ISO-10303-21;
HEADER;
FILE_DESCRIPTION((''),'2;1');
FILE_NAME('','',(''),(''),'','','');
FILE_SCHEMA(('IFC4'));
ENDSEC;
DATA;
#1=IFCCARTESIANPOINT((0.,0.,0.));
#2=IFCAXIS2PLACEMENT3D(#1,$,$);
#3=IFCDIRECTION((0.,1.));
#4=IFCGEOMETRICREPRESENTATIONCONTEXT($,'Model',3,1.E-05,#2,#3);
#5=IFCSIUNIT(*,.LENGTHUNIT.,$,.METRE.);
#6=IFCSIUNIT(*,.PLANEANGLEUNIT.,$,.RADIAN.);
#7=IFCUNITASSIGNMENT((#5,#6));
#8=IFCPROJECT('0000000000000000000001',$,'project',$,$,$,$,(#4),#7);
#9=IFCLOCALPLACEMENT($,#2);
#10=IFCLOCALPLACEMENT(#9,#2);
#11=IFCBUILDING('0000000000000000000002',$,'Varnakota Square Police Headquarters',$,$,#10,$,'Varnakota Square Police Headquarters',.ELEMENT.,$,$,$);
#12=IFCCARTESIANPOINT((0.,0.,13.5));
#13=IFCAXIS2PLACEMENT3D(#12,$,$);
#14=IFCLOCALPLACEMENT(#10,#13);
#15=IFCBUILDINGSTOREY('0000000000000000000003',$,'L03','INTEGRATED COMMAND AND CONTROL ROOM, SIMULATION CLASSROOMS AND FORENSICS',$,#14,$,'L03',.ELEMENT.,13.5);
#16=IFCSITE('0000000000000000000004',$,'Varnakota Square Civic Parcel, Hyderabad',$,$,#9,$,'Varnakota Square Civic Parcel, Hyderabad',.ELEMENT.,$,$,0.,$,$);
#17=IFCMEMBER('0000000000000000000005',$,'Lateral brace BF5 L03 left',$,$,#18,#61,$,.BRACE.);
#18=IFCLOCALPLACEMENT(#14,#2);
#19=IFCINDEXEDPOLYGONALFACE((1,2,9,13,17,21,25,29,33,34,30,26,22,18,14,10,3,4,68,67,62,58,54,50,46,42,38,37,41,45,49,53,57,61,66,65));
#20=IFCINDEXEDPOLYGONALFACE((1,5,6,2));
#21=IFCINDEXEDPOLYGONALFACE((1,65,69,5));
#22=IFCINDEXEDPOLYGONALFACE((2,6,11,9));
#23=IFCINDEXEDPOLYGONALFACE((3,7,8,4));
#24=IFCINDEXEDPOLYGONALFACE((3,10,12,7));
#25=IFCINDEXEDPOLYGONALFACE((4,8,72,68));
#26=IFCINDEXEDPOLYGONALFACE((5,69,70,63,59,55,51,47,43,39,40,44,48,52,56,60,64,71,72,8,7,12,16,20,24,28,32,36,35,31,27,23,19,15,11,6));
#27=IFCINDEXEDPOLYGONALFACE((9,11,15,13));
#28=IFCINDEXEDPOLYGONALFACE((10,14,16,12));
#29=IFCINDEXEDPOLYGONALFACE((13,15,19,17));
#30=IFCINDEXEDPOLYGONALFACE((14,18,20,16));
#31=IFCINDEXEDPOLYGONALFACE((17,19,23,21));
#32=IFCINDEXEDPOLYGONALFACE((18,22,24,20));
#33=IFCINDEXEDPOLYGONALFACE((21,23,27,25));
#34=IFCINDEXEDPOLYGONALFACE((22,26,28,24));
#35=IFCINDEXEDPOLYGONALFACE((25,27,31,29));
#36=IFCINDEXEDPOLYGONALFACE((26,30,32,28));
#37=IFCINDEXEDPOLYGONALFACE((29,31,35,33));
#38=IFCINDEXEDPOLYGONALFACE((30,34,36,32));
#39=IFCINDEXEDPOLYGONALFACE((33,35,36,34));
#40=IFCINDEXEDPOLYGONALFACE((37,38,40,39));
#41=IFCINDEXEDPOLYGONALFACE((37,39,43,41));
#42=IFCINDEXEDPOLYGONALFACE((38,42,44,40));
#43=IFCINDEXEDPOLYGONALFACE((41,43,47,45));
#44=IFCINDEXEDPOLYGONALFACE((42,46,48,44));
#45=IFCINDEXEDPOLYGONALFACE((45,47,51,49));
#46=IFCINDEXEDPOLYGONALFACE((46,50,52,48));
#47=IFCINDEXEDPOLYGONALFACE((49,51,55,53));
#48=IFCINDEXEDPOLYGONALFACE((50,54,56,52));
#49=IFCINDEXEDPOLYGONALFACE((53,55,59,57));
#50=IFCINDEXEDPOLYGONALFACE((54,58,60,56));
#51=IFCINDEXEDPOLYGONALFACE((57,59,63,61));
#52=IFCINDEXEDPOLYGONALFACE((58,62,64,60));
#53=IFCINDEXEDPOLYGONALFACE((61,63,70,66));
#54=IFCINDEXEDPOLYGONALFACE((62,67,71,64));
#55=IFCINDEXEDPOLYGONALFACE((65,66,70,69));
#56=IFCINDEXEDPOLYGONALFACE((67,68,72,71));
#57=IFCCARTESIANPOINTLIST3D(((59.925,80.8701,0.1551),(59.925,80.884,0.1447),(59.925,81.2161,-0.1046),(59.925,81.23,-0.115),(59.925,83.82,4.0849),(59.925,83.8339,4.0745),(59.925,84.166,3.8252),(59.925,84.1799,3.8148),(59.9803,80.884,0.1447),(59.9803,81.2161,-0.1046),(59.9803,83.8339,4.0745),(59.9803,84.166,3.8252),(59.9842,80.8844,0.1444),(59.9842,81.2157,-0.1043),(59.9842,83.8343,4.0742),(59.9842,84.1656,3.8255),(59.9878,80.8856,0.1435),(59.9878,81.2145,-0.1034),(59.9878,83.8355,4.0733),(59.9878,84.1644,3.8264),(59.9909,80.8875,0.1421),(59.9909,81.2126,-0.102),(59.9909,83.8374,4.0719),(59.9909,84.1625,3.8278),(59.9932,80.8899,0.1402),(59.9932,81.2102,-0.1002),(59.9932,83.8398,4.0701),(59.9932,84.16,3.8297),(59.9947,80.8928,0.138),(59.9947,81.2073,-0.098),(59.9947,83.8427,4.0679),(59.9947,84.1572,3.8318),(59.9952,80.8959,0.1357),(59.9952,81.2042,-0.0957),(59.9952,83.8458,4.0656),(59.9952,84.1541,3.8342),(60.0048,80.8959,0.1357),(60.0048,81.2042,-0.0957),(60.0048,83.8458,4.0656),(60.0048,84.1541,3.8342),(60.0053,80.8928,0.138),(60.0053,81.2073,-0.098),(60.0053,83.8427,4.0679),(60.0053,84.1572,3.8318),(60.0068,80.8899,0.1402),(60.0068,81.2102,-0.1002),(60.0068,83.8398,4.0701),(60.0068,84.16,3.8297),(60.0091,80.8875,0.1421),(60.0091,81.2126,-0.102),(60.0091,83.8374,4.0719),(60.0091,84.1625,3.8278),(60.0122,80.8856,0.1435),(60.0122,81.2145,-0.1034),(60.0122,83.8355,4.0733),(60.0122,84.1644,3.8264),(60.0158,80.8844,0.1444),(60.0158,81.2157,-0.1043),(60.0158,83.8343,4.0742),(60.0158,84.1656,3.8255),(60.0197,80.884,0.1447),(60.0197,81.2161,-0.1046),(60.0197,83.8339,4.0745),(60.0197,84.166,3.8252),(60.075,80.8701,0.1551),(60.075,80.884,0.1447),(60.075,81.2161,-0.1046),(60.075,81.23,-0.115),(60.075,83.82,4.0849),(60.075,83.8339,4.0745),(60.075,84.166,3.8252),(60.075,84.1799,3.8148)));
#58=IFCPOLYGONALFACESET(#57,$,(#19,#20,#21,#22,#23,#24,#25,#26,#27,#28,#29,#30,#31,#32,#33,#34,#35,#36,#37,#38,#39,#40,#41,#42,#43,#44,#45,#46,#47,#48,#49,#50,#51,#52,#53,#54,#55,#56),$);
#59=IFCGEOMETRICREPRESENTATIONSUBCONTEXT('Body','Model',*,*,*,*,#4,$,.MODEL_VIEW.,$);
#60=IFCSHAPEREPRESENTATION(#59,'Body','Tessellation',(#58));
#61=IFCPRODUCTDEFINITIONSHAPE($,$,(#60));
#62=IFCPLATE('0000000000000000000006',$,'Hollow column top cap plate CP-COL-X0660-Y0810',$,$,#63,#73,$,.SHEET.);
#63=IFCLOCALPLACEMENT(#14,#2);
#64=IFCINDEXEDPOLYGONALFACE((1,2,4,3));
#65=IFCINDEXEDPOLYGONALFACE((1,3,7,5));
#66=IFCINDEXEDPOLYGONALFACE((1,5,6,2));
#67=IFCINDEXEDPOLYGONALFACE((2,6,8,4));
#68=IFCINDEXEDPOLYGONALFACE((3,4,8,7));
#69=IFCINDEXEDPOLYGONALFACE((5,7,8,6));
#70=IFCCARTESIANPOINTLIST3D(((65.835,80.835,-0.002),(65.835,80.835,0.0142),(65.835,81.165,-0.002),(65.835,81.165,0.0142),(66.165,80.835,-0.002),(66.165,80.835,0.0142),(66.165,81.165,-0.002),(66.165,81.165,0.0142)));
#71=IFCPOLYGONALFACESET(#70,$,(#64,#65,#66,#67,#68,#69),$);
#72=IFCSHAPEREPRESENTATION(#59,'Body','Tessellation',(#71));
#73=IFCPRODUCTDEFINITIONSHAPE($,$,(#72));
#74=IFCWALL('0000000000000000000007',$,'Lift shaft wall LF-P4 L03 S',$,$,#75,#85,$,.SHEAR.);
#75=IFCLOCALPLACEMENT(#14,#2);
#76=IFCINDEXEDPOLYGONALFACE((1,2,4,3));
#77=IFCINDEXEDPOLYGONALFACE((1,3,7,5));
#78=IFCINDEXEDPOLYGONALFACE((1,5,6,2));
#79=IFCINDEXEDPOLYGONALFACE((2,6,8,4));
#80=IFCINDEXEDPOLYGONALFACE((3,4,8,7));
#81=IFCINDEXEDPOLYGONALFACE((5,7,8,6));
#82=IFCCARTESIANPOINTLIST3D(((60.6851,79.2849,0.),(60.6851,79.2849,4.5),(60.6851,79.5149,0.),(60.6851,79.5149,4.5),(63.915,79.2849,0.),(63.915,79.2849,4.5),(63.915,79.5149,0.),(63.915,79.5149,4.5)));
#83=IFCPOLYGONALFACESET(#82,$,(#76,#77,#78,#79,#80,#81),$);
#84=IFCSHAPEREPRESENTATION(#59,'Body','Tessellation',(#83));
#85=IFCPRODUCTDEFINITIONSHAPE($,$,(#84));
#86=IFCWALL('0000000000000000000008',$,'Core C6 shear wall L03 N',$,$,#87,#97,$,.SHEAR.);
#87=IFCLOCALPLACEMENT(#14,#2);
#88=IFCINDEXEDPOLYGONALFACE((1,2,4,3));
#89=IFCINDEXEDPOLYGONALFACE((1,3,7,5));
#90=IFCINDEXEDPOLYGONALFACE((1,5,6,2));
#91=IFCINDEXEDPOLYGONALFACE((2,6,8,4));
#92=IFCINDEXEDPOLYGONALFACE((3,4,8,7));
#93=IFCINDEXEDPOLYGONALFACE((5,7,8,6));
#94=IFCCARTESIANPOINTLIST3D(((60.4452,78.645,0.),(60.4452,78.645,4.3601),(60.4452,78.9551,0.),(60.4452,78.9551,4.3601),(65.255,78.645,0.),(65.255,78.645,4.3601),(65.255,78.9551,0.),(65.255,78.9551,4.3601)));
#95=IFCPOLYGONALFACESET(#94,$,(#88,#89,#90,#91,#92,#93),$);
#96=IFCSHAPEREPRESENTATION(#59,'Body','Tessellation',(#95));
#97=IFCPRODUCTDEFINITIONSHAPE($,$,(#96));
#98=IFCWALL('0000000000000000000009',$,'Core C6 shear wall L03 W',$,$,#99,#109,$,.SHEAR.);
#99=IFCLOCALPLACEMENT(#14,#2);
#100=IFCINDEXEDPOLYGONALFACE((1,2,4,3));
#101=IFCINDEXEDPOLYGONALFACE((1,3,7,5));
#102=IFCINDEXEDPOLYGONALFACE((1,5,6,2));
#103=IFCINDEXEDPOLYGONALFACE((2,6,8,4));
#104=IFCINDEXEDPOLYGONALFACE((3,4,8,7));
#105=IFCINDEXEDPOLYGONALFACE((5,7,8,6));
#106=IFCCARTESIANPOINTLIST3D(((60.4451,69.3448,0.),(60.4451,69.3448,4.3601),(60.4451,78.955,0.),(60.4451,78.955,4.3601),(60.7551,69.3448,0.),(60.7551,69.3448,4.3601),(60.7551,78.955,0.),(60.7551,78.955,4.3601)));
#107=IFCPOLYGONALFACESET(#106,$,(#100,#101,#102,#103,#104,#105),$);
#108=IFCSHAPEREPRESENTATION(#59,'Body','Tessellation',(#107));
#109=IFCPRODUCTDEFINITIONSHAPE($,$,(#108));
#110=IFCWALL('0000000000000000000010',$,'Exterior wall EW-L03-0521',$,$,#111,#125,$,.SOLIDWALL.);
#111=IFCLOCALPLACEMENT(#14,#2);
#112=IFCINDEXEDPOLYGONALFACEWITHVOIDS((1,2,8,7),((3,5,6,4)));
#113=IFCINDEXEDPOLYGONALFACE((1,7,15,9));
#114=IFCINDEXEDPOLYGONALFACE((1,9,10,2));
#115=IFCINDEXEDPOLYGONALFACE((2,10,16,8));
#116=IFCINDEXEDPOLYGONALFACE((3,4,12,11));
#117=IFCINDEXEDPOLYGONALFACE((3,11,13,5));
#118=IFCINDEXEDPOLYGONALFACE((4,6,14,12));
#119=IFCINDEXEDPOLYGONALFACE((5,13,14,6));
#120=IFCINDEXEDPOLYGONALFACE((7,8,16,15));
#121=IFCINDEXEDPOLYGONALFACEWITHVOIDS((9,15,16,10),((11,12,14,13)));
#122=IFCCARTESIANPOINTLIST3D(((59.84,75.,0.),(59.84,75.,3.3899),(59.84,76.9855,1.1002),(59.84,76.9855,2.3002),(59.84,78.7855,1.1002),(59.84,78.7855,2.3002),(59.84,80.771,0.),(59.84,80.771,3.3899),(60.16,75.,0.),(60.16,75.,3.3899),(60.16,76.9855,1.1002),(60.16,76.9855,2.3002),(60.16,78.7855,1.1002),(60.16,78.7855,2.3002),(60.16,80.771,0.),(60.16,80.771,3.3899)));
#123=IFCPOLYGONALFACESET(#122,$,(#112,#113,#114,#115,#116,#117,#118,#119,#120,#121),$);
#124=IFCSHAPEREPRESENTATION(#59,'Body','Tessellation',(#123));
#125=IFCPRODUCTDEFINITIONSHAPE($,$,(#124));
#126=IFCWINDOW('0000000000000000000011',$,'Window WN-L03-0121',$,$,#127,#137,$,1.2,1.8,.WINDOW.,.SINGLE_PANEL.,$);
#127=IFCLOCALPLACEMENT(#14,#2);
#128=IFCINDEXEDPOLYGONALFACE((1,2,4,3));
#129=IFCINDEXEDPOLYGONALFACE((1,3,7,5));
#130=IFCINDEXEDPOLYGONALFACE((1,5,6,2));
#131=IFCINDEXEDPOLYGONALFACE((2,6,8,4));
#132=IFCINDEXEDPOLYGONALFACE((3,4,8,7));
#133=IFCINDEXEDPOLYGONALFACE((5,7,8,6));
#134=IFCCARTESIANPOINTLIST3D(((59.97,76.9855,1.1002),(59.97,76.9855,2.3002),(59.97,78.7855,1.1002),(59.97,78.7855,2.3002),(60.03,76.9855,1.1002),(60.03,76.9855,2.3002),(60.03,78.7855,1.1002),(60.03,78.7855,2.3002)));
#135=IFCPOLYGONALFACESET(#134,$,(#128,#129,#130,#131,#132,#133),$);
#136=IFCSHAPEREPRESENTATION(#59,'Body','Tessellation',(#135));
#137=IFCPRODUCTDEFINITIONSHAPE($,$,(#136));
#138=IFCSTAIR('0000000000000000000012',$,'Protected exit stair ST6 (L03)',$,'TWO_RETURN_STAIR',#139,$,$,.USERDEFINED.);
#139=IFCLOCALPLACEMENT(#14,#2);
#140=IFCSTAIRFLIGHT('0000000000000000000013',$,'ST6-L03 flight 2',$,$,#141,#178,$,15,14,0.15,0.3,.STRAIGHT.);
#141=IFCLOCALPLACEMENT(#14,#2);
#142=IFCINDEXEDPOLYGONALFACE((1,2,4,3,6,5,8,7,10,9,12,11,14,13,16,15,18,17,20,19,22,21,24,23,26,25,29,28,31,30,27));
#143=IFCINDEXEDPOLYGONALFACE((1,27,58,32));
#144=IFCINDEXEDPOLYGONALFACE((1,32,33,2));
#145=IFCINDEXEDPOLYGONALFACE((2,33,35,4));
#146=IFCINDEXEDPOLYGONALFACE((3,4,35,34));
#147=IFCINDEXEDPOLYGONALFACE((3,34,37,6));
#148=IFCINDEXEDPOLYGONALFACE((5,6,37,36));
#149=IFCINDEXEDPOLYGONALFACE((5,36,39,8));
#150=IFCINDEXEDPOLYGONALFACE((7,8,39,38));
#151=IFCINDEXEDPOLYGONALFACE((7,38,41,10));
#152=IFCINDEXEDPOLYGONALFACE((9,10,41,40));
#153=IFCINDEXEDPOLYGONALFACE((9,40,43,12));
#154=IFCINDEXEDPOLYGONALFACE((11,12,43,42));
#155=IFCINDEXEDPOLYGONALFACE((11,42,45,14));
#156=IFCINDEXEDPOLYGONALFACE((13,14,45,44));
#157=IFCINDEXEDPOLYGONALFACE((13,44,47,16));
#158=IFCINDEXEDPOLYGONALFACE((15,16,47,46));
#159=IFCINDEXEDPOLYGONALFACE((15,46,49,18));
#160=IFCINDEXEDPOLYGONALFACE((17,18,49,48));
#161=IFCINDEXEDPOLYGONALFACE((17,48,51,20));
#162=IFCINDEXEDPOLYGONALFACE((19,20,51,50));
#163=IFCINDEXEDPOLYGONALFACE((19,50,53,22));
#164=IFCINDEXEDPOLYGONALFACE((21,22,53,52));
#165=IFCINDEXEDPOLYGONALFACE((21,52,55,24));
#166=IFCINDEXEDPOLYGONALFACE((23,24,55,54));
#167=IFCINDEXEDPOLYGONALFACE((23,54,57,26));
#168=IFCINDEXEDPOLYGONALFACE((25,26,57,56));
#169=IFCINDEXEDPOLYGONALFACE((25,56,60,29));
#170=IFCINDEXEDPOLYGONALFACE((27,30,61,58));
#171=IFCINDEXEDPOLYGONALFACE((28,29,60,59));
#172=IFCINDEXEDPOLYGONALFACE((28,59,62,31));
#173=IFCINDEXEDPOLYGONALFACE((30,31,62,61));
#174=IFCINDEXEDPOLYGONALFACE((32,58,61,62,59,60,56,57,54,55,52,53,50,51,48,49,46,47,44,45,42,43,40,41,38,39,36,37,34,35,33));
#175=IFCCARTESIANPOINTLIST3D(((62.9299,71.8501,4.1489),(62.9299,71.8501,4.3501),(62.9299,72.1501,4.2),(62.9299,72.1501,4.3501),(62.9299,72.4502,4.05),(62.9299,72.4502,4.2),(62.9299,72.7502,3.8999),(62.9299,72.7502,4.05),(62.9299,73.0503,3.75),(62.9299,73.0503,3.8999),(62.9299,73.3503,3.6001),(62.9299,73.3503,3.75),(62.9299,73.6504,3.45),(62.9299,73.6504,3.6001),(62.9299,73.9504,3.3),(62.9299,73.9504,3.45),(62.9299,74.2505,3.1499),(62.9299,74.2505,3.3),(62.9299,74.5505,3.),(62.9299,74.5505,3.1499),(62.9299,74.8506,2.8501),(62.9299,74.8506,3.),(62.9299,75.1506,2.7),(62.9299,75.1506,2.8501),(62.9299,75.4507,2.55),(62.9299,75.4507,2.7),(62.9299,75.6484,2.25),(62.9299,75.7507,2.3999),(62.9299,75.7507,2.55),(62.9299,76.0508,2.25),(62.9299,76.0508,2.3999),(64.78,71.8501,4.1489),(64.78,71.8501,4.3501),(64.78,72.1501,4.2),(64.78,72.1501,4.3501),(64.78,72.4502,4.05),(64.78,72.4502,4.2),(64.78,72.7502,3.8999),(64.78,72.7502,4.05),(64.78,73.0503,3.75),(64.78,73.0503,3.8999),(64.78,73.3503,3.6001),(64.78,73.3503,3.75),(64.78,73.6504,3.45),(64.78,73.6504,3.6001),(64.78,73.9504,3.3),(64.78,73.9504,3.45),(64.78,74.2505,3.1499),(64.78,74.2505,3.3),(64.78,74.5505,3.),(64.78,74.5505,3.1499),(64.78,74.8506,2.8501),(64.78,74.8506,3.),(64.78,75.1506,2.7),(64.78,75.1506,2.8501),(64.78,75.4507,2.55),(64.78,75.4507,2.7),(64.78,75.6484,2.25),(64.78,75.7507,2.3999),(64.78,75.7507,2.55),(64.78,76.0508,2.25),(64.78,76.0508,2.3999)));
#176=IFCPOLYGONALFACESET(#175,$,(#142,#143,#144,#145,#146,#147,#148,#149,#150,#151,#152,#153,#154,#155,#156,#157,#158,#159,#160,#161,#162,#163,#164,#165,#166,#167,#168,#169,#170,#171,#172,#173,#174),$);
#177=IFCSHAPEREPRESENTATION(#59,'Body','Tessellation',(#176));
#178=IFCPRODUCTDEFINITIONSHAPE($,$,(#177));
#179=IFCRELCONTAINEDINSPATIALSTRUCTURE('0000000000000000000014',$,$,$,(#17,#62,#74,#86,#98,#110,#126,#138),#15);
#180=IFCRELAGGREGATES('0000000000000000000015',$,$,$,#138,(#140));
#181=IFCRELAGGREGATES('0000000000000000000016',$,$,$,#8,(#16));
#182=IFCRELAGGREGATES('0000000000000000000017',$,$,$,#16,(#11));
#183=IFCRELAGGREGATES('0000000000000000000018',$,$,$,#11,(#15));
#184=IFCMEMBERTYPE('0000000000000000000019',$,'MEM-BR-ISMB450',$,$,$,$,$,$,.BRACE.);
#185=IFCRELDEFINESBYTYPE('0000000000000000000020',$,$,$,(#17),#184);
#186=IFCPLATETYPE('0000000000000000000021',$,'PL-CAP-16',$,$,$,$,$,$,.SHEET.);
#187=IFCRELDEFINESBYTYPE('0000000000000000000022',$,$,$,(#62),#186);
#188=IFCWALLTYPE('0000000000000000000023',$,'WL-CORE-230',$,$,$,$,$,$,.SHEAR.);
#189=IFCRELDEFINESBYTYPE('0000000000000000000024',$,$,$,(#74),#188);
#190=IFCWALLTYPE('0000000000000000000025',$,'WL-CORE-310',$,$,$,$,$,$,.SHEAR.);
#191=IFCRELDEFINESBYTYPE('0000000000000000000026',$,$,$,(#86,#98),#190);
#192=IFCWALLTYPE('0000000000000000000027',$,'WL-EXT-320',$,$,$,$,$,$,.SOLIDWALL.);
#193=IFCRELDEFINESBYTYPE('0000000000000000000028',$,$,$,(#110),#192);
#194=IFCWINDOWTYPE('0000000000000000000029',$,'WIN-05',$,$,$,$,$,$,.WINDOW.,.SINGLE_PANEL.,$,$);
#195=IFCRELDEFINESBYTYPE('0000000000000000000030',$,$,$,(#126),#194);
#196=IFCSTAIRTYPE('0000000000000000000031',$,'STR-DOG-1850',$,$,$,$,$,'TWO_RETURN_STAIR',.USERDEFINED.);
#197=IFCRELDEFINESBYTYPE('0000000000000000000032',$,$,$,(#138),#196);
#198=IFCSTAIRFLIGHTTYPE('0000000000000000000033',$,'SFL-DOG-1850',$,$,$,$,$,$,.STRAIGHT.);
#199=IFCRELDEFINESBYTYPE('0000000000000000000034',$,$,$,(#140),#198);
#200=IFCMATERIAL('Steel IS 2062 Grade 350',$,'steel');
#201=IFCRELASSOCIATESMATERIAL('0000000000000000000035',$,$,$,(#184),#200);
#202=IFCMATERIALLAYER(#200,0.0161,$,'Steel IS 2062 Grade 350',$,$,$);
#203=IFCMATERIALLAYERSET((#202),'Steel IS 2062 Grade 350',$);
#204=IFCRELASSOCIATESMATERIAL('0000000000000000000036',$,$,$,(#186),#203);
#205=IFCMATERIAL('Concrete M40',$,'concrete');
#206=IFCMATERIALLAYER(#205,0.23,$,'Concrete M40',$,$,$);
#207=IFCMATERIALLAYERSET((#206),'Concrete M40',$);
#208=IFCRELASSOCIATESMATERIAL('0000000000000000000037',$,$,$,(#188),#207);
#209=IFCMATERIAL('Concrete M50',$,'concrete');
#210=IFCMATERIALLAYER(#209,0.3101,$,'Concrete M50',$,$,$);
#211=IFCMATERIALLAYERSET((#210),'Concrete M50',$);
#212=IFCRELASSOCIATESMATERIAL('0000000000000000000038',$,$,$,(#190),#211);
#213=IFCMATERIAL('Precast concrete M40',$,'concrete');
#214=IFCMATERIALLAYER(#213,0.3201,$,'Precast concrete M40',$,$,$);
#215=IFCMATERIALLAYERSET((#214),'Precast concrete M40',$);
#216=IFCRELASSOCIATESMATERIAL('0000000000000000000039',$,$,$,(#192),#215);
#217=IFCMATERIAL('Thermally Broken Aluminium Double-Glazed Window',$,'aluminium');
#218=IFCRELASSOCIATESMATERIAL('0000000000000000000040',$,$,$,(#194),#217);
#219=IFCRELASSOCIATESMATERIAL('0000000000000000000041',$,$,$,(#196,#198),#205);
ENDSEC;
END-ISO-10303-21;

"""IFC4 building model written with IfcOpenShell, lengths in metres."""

from ifc_helpers import new_model, si_unit, direction, frame, frame_2d, origin, origin_2d, place, context, subcontext, project, spatial, polyline, rectangle, i_section, outline, extrude, material, layer, layer_set, material_profile, profile_set, type_object, element, fill, aggregate, save


model = new_model("IFC4")

# Units and contexts
model_context = context("Model", 3, precision=1e-05, world=origin(), true_north=direction((0.0, 1.0)))
body_context = subcontext(model_context, "Body", "Model", "MODEL_VIEW")
ifc_project = project(units=[si_unit("LENGTHUNIT", "METRE"), si_unit("PLANEANGLEUNIT", "RADIAN")], contexts=[model_context])

# Site, building, storey
site_placement = place(None, origin())
site = spatial("IfcSite", under=ifc_project, at=site_placement, Name="Varnakota Square Civic Parcel, Hyderabad", LongName="Varnakota Square Civic Parcel, Hyderabad", CompositionType="ELEMENT", RefElevation=0.0)
building_placement = place(site_placement, origin())
building = spatial("IfcBuilding", under=site, at=building_placement, Name="Varnakota Square Police Headquarters", LongName="Varnakota Square Police Headquarters", CompositionType="ELEMENT")
storey_placement = place(building_placement, frame((0.0, 0.0, 13.5)))
storey = spatial("IfcBuildingStorey", under=building, at=storey_placement, Name="L03", Description="INTEGRATED COMMAND AND CONTROL ROOM, SIMULATION CLASSROOMS AND FORENSICS", LongName="L03", CompositionType="ELEMENT", Elevation=13.5)

# Shared definitions
ifc_material_1 = material(Name="Steel IS 2062 Grade 350", Category="steel")

# Member
ifc_material_profile_1 = material_profile(ifc_material_1, i_section(OverallWidth=0.1499, OverallDepth=0.45, WebThickness=0.0095, FlangeThickness=0.0173, FilletRadius=0.0149, at=origin_2d()), Name="ISMB 450")
ifc_profile_set_1 = profile_set([ifc_material_profile_1], Name="Steel IS 2062 Grade 350")
member_type_1 = type_object("IfcMemberType", Name="MEM-BR-ISMB450", PredefinedType="BRACE", material=ifc_profile_set_1)
member_1_placement = place(storey_placement, frame((60.0, 81.05, 0.02), z_axis=(0.0, 0.600326, 0.799755), x_axis=(-1.0, 0.0, 0.0)))
element("IfcMember", 1, at=member_1_placement, inside=storey, type_object=member_type_1, Name="Lateral brace BF5 L03 left", PredefinedType="BRACE", context=body_context, shape_type="SweptSolid", body=[
    extrude(i_section(OverallWidth=0.1499, OverallDepth=0.45, WebThickness=0.0095, FlangeThickness=0.0173, FilletRadius=0.0149, at=origin_2d()), origin(), (0.0, 0.0, 1.0), 4.9138),
])

# Plate
ifc_layer_1 = layer(ifc_material_1, 0.0161, Name="Steel IS 2062 Grade 350")
ifc_layer_set_1 = layer_set([ifc_layer_1], Name="Steel IS 2062 Grade 350")
plate_type = type_object("IfcPlateType", Name="PL-CAP-16", PredefinedType="SHEET", material=ifc_layer_set_1)
plate_placement = place(storey_placement, frame((66.0, 81.0, -0.002), z_axis=(0.0, 0.0, 1.0), x_axis=(1.0, 0.0, 0.0)))
element("IfcPlate", 2, at=plate_placement, inside=storey, type_object=plate_type, Name="Hollow column top cap plate CP-COL-X0660-Y0810", PredefinedType="SHEET", context=body_context, shape_type="SweptSolid", body=[
    extrude(rectangle(XDim=0.3301, YDim=0.3301, at=origin_2d()), origin(), (0.0, 0.0, 1.0), 0.0161),
])

# Wall
ifc_material_2 = material(Name="Concrete M40", Category="concrete")
ifc_layer_2 = layer(ifc_material_2, 0.23, Name="Concrete M40")
ifc_layer_set_2 = layer_set([ifc_layer_2], Name="Concrete M40")
wall_type_1 = type_object("IfcWallType", Name="WL-CORE-230", PredefinedType="SHEAR", material=ifc_layer_set_2)
wall_1_placement = place(storey_placement, frame((60.6851, 79.3999, 0.0), z_axis=(0.0, 0.0, 1.0), x_axis=(1.0, 0.0, 0.0)))
element("IfcWall", 3, at=wall_1_placement, inside=storey, type_object=wall_type_1, Name="Lift shaft wall LF-P4 L03 S", PredefinedType="SHEAR", context=body_context, shape_type="SweptSolid", body=[
    extrude(rectangle(XDim=3.23, YDim=0.23, at=frame_2d((1.615, 0.0))), origin(), (0.0, 0.0, 1.0), 4.5),
])

# Walls
ifc_material_3 = material(Name="Concrete M50", Category="concrete")
ifc_layer_3 = layer(ifc_material_3, 0.3101, Name="Concrete M50")
ifc_layer_set_3 = layer_set([ifc_layer_3], Name="Concrete M50")
wall_type_2 = type_object("IfcWallType", Name="WL-CORE-310", PredefinedType="SHEAR", material=ifc_layer_set_3)
wall_2_placement = place(storey_placement, frame((65.2549, 78.8, 0.0), z_axis=(0.0, 0.0, 1.0), x_axis=(-1.0, 0.0, 0.0)))
element("IfcWall", 4, at=wall_2_placement, inside=storey, type_object=wall_type_2, Name="Core C6 shear wall L03 N", PredefinedType="SHEAR", context=body_context, shape_type="SweptSolid", body=[
    extrude(rectangle(XDim=4.8098, YDim=0.3101, at=frame_2d((2.4048, 0.0))), origin(), (0.0, 0.0, 1.0), 4.3601),
])
wall_3_placement = place(storey_placement, frame((60.6001, 78.9551, 0.0), z_axis=(0.0, 0.0, 1.0), x_axis=(0.0, -1.0, 0.0)))
element("IfcWall", 5, at=wall_3_placement, inside=storey, type_object=wall_type_2, Name="Core C6 shear wall L03 W", PredefinedType="SHEAR", context=body_context, shape_type="SweptSolid", body=[
    extrude(rectangle(XDim=9.6101, YDim=0.3101, at=frame_2d((4.8052, 0.0))), origin(), (0.0, 0.0, 1.0), 4.3601),
])

# Wall, opening, window
ifc_material_4 = material(Name="Precast concrete M40", Category="concrete")
ifc_layer_4 = layer(ifc_material_4, 0.3201, Name="Precast concrete M40")
ifc_layer_set_4 = layer_set([ifc_layer_4], Name="Precast concrete M40")
wall_type_3 = type_object("IfcWallType", Name="WL-EXT-320", PredefinedType="SOLIDWALL", material=ifc_layer_set_4)
wall_4_placement = place(storey_placement, frame((60.0, 75.0, 0.0), z_axis=(0.0, 0.0, 1.0), x_axis=(0.0, 1.0, 0.0)))
wall_4 = element("IfcWall", 6, at=wall_4_placement, inside=storey, type_object=wall_type_3, Name="Exterior wall EW-L03-0521", PredefinedType="SOLIDWALL", context=body_context, shape_type="SweptSolid", body=[
    extrude(rectangle(XDim=5.771, YDim=0.3201, at=frame_2d((2.8855, 0.0))), origin(), (0.0, 0.0, 1.0), 3.3899),
])
opening_1_placement = place(wall_4_placement, frame((1.9856, 0.0, 1.1001)))
opening_1 = element("IfcOpeningElement", 7, at=opening_1_placement, cuts=wall_4, PredefinedType="OPENING", context=body_context, shape_type="SweptSolid", body=[
    extrude(rectangle(XDim=1.8, YDim=1.2, at=frame_2d((0.8999, 0.6001))), frame((0.0, 0.1699, 0.0), z_axis=(0.0, -1.0, 0.0), x_axis=(1.0, 0.0, 0.0)), (0.0, 0.0, 1.0), 0.3401),
])
ifc_material_5 = material(Name="Thermally Broken Aluminium Double-Glazed Window", Category="aluminium")
window_type = type_object("IfcWindowType", Name="WIN-05", PartitioningType="SINGLE_PANEL", PredefinedType="WINDOW", material=ifc_material_5)
window_placement = place(opening_1_placement, origin())
window = element("IfcWindow", 8, at=window_placement, inside=storey, type_object=window_type, Name="Window WN-L03-0121", OverallHeight=1.2, OverallWidth=1.8, PartitioningType="SINGLE_PANEL", PredefinedType="WINDOW", context=body_context, shape_type="SweptSolid", body=[
    extrude(rectangle(XDim=1.8, YDim=1.2, at=frame_2d((0.8999, 0.6001))), frame((0.0, 0.03, 0.0), z_axis=(0.0, -1.0, 0.0), x_axis=(1.0, 0.0, 0.0)), (0.0, 0.0, 1.0), 0.0601),
])
fill(opening_1, window)

# Stair, stair flight
stair_type = type_object("IfcStairType", Name="STR-DOG-1850", ElementType="TWO_RETURN_STAIR", PredefinedType="USERDEFINED", material=ifc_material_2)
stair_placement = place(storey_placement, origin())
stair = element("IfcStair", 9, at=stair_placement, inside=storey, type_object=stair_type, Name="Protected exit stair ST6 (L03)", ObjectType="TWO_RETURN_STAIR", PredefinedType="USERDEFINED")
stair_flight_type = type_object("IfcStairFlightType", Name="SFL-DOG-1850", PredefinedType="STRAIGHT", material=ifc_material_2)
stair_flight_placement = place(storey_placement, frame((63.855, 76.0508, 2.25), z_axis=(0.0, 0.0, 1.0), x_axis=(0.0, -1.0, 0.0)))
stair_flight = element("IfcStairFlight", 10, at=stair_flight_placement, type_object=stair_flight_type, Name="ST6-L03 flight 2", NumberOfRisers=15, NumberOfTreads=14, PredefinedType="STRAIGHT", RiserHeight=0.15, TreadLength=0.3, context=body_context, shape_type="SweptSolid", body=[
    extrude(outline(polyline([(0.0, 0.0), (0.0, 0.1499), (0.3, 0.1499), (0.3, 0.3), (0.6001, 0.3), (0.6001, 0.45), (0.9001, 0.45), (0.9001, 0.6001), (1.2002, 0.6001), (1.2002, 0.75), (1.5002, 0.75), (1.5002, 0.8999), (1.8003, 0.8999), (1.8003, 1.05), (2.1003, 1.05), (2.1003, 1.2), (2.4004, 1.2), (2.4004, 1.3501), (2.7004, 1.3501), (2.7004, 1.5), (3.0005, 1.5), (3.0005, 1.6499), (3.3005, 1.6499), (3.3005, 1.8), (3.6006, 1.8), (3.6006, 1.95), (3.9006, 1.95), (3.9006, 2.1001), (4.2007, 2.1001), (4.2007, 2.25), (4.2007, 1.8989), (0.4023, 0.0), (0.0, 0.0)])), frame((0.0, 0.925, 0.0), z_axis=(0.0, -1.0, 0.0), x_axis=(1.0, 0.0, 0.0)), (0.0, 0.0, 1.0), 1.8501),
])
aggregate(stair, [stair_flight])

save(model, "model.ifc")
